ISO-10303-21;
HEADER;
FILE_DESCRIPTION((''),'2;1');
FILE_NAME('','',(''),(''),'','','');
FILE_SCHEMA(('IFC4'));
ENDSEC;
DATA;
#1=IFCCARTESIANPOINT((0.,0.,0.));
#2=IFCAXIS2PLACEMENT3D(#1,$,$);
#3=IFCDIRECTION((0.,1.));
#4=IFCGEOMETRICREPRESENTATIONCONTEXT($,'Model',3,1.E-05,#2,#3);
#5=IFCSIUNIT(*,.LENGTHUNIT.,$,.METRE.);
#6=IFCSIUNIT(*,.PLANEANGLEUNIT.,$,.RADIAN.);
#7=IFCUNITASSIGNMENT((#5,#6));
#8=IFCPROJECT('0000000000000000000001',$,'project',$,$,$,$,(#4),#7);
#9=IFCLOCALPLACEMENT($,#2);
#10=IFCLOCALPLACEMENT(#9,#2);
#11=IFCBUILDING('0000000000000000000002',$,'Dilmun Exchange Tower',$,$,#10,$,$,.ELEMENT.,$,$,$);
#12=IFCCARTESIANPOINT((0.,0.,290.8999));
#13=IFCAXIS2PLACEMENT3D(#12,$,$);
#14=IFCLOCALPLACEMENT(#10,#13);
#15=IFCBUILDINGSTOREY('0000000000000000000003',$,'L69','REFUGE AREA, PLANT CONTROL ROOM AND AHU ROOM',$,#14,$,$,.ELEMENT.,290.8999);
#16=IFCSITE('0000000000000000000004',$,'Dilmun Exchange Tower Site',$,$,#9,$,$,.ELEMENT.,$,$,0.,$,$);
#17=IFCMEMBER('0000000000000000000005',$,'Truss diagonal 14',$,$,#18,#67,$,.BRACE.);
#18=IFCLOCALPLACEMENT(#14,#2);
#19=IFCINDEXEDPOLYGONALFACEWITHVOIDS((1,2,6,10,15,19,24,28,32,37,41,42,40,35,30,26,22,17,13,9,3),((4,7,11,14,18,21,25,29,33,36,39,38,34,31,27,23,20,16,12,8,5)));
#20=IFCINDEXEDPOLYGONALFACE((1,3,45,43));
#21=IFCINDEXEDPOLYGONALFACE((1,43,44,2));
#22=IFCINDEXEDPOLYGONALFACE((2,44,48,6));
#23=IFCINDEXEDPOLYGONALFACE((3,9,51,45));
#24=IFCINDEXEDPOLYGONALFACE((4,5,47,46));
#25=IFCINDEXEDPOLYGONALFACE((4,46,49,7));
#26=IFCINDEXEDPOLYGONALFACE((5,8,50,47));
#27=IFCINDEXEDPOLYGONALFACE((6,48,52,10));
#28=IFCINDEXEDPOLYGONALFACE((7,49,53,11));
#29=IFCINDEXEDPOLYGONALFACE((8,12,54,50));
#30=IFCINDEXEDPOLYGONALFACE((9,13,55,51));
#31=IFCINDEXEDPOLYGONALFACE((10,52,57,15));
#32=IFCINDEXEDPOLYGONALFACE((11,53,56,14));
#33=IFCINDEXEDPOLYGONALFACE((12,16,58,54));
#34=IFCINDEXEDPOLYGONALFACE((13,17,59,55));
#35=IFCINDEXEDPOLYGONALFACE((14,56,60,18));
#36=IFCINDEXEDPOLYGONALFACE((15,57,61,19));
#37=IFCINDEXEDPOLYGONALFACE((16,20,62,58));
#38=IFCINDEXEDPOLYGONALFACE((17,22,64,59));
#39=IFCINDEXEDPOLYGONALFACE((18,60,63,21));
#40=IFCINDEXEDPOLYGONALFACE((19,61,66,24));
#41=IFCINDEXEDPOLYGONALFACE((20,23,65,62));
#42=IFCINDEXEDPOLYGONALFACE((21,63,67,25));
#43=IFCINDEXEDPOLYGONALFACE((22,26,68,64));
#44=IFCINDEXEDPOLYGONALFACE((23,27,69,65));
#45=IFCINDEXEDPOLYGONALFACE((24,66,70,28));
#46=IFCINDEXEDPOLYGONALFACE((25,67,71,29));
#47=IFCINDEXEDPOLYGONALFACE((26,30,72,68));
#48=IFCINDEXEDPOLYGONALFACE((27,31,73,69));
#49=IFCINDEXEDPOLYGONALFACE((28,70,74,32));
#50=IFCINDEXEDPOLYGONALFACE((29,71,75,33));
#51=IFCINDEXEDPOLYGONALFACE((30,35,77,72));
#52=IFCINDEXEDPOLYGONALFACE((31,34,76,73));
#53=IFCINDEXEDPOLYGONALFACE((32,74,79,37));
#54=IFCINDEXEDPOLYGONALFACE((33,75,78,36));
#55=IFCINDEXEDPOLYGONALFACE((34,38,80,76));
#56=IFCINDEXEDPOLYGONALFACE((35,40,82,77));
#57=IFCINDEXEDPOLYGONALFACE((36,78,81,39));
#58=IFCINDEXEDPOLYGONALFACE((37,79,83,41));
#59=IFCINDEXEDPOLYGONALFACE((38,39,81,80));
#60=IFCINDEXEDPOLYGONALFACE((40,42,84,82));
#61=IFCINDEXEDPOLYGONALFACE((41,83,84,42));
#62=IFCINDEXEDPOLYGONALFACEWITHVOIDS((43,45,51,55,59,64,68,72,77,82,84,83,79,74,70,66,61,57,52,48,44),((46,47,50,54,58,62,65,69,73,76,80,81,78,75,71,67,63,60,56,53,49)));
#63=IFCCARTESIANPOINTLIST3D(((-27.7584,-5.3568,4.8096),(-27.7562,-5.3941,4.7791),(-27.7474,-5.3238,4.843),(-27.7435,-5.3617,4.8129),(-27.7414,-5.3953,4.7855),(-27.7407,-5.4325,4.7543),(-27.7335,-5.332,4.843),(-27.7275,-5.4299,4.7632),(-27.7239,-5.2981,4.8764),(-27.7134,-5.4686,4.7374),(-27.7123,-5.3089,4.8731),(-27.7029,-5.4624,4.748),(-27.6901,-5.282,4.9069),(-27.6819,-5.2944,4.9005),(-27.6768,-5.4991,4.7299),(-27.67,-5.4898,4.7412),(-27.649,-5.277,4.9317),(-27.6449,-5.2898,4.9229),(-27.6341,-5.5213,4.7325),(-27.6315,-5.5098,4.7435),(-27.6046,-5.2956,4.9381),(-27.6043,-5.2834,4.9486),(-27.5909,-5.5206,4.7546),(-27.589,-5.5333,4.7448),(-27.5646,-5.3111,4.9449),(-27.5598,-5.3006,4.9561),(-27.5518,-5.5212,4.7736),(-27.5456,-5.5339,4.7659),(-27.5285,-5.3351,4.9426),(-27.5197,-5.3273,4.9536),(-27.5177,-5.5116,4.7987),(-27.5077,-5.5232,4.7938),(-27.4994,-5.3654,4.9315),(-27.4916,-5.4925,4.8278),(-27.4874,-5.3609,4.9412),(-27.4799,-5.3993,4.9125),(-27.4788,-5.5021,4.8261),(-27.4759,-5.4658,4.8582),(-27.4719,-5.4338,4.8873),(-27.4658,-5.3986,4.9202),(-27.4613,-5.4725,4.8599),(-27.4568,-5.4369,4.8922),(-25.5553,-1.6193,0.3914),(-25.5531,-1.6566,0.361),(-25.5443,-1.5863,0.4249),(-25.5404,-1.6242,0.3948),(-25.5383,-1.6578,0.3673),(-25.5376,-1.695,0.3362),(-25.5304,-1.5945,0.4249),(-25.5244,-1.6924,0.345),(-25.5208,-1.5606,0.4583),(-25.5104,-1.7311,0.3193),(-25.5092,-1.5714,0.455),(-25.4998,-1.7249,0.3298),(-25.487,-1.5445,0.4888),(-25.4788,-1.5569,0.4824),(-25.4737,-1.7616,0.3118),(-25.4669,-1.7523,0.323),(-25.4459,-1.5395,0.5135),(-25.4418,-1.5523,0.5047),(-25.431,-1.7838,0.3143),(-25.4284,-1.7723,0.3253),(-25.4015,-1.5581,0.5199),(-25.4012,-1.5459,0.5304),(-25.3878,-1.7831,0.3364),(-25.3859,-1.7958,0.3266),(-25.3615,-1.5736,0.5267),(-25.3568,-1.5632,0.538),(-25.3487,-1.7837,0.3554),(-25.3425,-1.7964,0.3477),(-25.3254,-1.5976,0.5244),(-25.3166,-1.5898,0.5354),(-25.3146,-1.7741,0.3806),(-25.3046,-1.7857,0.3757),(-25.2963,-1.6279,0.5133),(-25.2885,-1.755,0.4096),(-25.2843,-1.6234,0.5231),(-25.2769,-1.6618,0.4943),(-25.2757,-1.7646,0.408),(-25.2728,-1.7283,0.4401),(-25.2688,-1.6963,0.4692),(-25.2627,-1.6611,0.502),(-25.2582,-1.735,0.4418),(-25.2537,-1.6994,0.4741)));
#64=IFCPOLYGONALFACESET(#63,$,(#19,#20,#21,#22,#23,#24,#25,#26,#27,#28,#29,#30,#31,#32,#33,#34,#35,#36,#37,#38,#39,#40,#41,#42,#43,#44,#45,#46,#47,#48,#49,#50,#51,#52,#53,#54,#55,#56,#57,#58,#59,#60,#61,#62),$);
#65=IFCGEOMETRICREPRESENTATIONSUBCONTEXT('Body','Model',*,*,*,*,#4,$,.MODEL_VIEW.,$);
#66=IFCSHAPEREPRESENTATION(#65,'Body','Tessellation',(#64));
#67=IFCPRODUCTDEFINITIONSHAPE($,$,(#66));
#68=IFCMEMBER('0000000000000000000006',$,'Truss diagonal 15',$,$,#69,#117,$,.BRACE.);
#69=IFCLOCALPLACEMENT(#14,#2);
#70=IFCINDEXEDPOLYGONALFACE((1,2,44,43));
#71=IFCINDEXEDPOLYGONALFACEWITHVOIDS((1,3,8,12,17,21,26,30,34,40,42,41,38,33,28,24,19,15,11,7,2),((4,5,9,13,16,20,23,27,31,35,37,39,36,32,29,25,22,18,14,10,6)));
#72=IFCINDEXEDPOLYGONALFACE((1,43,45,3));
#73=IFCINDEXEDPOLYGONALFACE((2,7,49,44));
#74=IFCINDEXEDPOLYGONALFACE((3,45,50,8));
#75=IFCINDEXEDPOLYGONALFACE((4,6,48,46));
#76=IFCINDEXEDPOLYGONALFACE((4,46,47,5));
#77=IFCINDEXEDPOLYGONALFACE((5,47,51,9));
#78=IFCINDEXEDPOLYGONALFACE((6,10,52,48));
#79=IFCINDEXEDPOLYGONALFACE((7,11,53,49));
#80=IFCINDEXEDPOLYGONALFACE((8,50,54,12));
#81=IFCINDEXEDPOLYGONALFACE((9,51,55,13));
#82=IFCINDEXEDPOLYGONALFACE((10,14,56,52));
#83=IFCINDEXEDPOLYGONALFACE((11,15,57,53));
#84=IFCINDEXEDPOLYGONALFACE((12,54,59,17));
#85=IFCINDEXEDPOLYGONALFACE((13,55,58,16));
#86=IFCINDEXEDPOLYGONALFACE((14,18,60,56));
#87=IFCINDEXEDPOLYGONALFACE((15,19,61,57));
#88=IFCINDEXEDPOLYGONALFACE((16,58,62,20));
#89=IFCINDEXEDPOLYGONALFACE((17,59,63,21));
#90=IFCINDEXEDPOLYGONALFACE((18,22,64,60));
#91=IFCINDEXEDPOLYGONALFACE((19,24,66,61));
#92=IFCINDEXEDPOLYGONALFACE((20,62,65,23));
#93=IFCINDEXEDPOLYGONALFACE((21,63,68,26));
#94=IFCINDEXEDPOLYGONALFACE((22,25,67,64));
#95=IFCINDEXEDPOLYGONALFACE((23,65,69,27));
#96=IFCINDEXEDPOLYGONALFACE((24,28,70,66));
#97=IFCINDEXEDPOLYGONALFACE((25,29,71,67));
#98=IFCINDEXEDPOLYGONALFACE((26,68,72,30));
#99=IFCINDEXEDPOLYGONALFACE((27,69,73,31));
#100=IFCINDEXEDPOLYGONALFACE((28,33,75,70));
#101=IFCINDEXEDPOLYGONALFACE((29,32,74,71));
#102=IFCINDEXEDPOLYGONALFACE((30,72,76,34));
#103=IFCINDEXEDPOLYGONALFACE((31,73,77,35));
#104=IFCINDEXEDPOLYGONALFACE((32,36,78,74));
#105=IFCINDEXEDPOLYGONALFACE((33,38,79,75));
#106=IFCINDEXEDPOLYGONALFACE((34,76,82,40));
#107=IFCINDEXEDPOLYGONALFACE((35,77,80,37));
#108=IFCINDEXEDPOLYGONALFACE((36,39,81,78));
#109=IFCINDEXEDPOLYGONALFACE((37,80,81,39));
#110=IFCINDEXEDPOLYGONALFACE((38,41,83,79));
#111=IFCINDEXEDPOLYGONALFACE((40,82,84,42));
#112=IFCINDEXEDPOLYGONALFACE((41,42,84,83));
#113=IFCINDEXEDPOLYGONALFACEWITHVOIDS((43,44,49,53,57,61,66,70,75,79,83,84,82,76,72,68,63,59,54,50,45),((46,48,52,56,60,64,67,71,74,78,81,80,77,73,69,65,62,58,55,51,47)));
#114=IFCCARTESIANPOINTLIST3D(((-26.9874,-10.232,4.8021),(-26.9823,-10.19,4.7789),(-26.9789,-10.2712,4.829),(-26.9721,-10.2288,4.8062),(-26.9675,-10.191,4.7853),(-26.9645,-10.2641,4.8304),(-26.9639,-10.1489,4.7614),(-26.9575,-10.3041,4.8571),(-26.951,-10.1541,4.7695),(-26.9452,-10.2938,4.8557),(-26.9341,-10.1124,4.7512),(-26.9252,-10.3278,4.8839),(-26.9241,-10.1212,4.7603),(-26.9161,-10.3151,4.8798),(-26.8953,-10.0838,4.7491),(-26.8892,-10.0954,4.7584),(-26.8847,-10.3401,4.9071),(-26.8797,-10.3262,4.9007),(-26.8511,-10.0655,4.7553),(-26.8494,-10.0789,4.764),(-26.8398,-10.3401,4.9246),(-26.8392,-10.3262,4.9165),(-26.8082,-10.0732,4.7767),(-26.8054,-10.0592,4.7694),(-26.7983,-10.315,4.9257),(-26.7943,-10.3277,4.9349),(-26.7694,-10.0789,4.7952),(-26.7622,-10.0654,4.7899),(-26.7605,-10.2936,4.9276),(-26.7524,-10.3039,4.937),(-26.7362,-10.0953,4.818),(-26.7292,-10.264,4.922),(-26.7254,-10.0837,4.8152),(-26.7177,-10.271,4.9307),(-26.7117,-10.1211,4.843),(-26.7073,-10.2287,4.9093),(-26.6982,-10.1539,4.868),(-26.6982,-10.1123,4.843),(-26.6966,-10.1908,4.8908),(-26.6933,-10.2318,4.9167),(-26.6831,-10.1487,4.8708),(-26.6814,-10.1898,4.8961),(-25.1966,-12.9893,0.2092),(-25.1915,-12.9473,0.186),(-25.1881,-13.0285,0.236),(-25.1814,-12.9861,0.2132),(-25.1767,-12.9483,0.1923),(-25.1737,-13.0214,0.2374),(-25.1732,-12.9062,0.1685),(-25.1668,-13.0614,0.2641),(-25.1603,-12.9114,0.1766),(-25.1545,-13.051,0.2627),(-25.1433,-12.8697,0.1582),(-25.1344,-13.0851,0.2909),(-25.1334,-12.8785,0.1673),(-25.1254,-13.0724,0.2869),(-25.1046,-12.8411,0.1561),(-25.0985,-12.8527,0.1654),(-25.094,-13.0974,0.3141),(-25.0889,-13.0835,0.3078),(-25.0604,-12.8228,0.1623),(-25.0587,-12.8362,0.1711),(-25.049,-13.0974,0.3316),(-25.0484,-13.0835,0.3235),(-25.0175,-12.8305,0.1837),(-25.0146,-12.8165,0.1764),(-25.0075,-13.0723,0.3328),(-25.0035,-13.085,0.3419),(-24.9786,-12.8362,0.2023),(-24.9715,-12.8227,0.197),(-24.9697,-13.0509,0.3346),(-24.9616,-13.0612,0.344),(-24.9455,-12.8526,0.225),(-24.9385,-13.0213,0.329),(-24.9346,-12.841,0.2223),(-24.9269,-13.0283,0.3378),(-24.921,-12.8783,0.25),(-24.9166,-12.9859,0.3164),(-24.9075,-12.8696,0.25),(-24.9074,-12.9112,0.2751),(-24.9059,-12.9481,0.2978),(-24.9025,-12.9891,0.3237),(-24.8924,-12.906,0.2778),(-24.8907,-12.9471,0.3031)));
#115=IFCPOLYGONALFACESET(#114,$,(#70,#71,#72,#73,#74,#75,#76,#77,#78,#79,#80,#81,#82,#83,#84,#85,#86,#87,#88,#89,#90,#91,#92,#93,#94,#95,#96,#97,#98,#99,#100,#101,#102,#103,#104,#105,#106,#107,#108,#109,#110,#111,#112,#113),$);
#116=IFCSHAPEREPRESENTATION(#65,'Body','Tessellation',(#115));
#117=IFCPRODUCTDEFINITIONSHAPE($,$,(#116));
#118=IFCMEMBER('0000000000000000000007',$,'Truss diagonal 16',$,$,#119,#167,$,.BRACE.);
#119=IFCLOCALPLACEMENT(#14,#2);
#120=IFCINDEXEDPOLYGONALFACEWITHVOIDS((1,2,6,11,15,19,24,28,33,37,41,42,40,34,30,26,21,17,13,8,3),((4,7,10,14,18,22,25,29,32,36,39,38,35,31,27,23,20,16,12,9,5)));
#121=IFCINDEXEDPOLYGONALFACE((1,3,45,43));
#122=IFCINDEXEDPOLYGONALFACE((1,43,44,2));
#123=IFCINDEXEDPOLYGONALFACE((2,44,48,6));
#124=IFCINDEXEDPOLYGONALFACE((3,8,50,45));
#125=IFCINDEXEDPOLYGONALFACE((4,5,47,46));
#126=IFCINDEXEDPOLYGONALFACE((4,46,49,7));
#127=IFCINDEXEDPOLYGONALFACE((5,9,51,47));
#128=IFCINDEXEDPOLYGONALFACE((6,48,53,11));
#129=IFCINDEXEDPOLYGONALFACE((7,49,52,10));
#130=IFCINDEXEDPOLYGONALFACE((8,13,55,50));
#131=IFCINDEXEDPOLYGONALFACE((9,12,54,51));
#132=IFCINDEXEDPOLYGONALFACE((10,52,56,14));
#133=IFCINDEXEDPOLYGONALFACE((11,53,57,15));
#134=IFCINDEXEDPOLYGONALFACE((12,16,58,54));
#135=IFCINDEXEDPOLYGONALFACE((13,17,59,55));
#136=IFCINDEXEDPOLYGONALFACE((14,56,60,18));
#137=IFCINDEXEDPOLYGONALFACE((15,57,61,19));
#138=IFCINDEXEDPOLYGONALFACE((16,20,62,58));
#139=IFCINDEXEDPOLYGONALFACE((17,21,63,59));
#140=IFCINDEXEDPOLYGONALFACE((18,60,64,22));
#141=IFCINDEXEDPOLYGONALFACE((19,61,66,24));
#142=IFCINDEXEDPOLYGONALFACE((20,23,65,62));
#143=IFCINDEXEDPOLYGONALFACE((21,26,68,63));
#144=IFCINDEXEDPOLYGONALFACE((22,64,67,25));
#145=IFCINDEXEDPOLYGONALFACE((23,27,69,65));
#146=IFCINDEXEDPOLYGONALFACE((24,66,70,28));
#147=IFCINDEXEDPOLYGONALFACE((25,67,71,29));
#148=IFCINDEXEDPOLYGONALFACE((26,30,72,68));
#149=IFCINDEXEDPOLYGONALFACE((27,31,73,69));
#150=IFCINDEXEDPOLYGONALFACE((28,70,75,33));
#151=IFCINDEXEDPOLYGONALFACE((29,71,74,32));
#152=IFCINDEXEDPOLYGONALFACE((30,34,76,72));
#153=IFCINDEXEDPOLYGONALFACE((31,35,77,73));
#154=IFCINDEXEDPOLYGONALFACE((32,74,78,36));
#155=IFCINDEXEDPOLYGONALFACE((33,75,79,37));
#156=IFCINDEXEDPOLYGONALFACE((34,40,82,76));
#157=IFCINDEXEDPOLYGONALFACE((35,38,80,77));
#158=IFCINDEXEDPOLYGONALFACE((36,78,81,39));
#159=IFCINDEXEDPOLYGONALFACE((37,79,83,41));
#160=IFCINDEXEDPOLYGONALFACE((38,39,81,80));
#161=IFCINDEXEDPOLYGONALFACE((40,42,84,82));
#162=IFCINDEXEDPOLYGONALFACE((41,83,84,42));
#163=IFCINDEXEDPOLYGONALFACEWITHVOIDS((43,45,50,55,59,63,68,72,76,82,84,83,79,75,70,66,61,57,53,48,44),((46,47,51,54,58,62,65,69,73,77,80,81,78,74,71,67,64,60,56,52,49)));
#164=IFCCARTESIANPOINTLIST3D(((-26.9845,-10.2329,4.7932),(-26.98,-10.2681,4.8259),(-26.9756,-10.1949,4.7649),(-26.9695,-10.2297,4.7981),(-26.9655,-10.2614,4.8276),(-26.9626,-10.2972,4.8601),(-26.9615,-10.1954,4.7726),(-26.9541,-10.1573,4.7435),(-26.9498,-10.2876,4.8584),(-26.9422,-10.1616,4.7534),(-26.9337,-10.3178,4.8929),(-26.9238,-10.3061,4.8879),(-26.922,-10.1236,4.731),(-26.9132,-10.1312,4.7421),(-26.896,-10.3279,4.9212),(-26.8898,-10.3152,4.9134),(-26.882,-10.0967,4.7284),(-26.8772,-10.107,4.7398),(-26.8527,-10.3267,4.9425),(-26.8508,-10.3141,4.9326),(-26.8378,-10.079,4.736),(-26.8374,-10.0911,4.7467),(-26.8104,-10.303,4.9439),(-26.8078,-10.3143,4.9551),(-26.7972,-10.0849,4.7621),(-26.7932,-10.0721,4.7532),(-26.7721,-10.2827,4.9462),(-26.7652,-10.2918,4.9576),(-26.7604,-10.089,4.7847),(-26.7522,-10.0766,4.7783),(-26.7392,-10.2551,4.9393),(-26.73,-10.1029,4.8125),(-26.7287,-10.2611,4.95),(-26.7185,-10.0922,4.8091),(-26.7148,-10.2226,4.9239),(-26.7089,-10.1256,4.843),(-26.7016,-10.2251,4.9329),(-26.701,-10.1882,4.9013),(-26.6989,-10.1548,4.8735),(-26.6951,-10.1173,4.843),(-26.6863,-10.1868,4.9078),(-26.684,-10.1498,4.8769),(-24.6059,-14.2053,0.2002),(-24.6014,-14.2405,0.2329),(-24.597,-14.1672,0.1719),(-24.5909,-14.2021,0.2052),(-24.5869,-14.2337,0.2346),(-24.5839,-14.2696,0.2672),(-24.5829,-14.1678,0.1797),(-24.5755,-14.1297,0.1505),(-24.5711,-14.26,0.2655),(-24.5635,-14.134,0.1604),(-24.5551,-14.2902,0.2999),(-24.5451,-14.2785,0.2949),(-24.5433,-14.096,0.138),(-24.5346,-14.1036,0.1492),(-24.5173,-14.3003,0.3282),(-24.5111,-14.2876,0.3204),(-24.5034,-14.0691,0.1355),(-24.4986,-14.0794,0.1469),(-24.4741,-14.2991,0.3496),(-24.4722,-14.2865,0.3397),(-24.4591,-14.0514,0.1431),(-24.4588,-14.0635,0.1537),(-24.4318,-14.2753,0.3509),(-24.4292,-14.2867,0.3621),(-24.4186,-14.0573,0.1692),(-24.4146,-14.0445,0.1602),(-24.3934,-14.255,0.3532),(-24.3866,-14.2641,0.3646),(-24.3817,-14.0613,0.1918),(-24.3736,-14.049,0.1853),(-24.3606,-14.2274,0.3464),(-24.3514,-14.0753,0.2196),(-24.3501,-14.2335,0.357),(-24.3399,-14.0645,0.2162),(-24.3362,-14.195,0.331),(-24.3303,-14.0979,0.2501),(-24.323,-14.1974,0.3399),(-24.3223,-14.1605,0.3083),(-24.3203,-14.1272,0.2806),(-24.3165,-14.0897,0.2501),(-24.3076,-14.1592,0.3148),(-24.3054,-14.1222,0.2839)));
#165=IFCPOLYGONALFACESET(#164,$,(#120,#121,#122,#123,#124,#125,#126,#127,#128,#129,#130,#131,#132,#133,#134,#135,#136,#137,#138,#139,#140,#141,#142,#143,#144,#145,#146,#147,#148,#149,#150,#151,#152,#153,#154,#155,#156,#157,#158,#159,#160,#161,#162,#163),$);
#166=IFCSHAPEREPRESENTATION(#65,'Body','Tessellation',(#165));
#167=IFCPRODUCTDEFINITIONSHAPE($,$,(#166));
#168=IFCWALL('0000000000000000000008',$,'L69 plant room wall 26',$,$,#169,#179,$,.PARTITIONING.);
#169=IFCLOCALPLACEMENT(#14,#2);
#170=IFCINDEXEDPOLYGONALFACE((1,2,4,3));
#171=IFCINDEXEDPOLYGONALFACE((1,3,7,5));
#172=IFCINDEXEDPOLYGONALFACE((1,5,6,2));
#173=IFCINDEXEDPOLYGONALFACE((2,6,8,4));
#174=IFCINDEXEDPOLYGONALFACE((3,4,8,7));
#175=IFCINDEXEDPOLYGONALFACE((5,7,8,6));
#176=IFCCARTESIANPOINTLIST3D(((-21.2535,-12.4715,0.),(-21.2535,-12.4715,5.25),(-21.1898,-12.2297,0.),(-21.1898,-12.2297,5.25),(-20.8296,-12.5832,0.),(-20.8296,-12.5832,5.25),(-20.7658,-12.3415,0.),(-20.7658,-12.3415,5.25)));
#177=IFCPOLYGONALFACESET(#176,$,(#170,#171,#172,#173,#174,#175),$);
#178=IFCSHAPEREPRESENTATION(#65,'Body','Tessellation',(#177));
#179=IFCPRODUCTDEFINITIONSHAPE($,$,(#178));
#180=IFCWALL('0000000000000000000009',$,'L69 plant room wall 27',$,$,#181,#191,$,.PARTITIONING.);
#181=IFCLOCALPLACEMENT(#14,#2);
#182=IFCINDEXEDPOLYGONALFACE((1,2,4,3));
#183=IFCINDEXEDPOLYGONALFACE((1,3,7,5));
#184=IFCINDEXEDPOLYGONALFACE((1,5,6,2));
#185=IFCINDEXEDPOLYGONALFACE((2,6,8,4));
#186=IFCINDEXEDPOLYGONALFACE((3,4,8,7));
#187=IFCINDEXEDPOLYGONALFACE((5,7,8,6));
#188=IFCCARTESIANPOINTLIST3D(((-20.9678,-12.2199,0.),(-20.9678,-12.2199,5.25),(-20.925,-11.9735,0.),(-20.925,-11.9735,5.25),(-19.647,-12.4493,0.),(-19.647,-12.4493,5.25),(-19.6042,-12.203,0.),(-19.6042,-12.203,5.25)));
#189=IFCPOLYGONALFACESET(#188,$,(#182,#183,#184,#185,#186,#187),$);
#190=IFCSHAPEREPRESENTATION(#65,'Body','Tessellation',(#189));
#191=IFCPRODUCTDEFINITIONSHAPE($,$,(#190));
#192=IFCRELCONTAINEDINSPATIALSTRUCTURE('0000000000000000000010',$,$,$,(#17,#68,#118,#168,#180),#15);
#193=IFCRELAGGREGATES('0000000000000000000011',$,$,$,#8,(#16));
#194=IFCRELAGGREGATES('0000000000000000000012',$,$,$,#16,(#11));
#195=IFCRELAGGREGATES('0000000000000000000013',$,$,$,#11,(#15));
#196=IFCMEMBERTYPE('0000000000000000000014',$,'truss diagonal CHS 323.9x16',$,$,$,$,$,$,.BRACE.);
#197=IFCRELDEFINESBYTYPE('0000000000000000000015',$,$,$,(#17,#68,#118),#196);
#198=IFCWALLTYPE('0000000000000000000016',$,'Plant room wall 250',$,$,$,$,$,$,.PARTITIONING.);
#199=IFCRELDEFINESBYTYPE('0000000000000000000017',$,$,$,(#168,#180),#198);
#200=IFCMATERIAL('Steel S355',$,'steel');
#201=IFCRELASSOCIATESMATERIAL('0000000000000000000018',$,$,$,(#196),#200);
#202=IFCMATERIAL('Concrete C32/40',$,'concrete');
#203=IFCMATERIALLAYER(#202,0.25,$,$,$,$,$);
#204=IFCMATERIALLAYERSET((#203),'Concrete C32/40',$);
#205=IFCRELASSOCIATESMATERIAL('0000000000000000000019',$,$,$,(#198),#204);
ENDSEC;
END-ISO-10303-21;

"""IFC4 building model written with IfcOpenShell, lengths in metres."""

from ifc_helpers import new_model, si_unit, direction, frame, frame_2d, origin, origin_2d, place, context, subcontext, project, spatial, rectangle, hollow_circle, extrude, material, layer, layer_set, material_profile, profile_set, type_object, element, save


model = new_model("IFC4")

# Units and contexts
model_context = context("Model", 3, precision=1e-05, world=origin(), true_north=direction((0.0, 1.0)))
body_context = subcontext(model_context, "Body", "Model", "MODEL_VIEW")
ifc_project = project(units=[si_unit("LENGTHUNIT", "METRE"), si_unit("PLANEANGLEUNIT", "RADIAN")], contexts=[model_context])

# Site, building, storey
site_placement = place(None, origin())
site = spatial("IfcSite", under=ifc_project, at=site_placement, Name="Dilmun Exchange Tower Site", CompositionType="ELEMENT", RefElevation=0.0)
building_placement = place(site_placement, origin())
building = spatial("IfcBuilding", under=site, at=building_placement, Name="Dilmun Exchange Tower", CompositionType="ELEMENT")
storey_placement = place(building_placement, frame((0.0, 0.0, 290.8999)))
storey = spatial("IfcBuildingStorey", under=building, at=storey_placement, Name="L69", Description="REFUGE AREA, PLANT CONTROL ROOM AND AHU ROOM", CompositionType="ELEMENT", Elevation=290.8999)

# Shared definitions
ifc_material_1 = material(Name="Steel S355", Category="steel")

# Members
ifc_material_profile_1 = material_profile(ifc_material_1, hollow_circle(Radius=0.1619, WallThickness=0.0161, at=origin_2d()), Name="CHS 323.9x16")
ifc_profile_set_1 = profile_set([ifc_material_profile_1], Name="Steel S355")
member_type = type_object("IfcMemberType", Name="truss diagonal CHS 323.9x16", PredefinedType="BRACE", material=ifc_profile_set_1)
member_1_placement = place(storey_placement, frame((-27.6079, -5.406, 4.843), z_axis=(0.355789, 0.603587, -0.71351), x_axis=(-0.861474, 0.507802, 0.0)))
element("IfcMember", 1, at=member_1_placement, inside=storey, type_object=member_type, Name="Truss diagonal 14", PredefinedType="BRACE", context=body_context, shape_type="SweptSolid", body=[
    extrude(hollow_circle(Radius=0.1619, WallThickness=0.0161, at=origin_2d()), origin(), (0.0, 0.0, 1.0), 6.1921),
])
member_2_placement = place(storey_placement, frame((-26.834, -10.2004, 4.843), z_axis=(0.317035, -0.488152, -0.81314), x_axis=(0.838651, 0.54467, 0.0)))
element("IfcMember", 2, at=member_2_placement, inside=storey, type_object=member_type, Name="Truss diagonal 15", PredefinedType="BRACE", context=body_context, shape_type="SweptSolid", body=[
    extrude(hollow_circle(Radius=0.1619, WallThickness=0.0161, at=origin_2d()), origin(), (0.0, 0.0, 1.0), 5.6484),
])
member_3_placement = place(storey_placement, frame((-26.834, -10.2004, 4.843), z_axis=(0.364725, -0.609097, -0.704256), x_axis=(0.857949, 0.513736, 0.0)))
element("IfcMember", 3, at=member_3_placement, inside=storey, type_object=member_type, Name="Truss diagonal 16", PredefinedType="BRACE", context=body_context, shape_type="SweptSolid", body=[
    extrude(hollow_circle(Radius=0.1619, WallThickness=0.0161, at=origin_2d()), origin(), (0.0, 0.0, 1.0), 6.5217),
])

# Walls
ifc_material_2 = material(Name="Concrete C32/40", Category="concrete")
ifc_layer_1 = layer(ifc_material_2, 0.25)
ifc_layer_set_1 = layer_set([ifc_layer_1], Name="Concrete C32/40")
wall_type_1 = type_object("IfcWallType", Name="Plant room wall 250", PredefinedType="PARTITIONING", material=ifc_layer_set_1)
wall_1_placement = place(storey_placement, frame((-21.2217, -12.3506, 0.0), z_axis=(0.0, 0.0, 1.0), x_axis=(0.966952, -0.254959, 0.0)))
element("IfcWall", 4, at=wall_1_placement, inside=storey, type_object=wall_type_1, Name="L69 plant room wall 26", PredefinedType="PARTITIONING", context=body_context, shape_type="SweptSolid", body=[
    extrude(rectangle(XDim=0.4385, YDim=0.25, at=frame_2d((0.2192, 0.0))), origin(), (0.0, 0.0, 1.0), 5.25),
])
wall_2_placement = place(storey_placement, frame((-20.9465, -12.0967, 0.0), z_axis=(0.0, 0.0, 1.0), x_axis=(0.985238, -0.171187, 0.0)))
element("IfcWall", 5, at=wall_2_placement, inside=storey, type_object=wall_type_1, Name="L69 plant room wall 27", PredefinedType="PARTITIONING", context=body_context, shape_type="SweptSolid", body=[
    extrude(rectangle(XDim=1.3406, YDim=0.25, at=frame_2d((0.6704, 0.0))), origin(), (0.0, 0.0, 1.0), 5.25),
])

save(model, "model.ifc")
